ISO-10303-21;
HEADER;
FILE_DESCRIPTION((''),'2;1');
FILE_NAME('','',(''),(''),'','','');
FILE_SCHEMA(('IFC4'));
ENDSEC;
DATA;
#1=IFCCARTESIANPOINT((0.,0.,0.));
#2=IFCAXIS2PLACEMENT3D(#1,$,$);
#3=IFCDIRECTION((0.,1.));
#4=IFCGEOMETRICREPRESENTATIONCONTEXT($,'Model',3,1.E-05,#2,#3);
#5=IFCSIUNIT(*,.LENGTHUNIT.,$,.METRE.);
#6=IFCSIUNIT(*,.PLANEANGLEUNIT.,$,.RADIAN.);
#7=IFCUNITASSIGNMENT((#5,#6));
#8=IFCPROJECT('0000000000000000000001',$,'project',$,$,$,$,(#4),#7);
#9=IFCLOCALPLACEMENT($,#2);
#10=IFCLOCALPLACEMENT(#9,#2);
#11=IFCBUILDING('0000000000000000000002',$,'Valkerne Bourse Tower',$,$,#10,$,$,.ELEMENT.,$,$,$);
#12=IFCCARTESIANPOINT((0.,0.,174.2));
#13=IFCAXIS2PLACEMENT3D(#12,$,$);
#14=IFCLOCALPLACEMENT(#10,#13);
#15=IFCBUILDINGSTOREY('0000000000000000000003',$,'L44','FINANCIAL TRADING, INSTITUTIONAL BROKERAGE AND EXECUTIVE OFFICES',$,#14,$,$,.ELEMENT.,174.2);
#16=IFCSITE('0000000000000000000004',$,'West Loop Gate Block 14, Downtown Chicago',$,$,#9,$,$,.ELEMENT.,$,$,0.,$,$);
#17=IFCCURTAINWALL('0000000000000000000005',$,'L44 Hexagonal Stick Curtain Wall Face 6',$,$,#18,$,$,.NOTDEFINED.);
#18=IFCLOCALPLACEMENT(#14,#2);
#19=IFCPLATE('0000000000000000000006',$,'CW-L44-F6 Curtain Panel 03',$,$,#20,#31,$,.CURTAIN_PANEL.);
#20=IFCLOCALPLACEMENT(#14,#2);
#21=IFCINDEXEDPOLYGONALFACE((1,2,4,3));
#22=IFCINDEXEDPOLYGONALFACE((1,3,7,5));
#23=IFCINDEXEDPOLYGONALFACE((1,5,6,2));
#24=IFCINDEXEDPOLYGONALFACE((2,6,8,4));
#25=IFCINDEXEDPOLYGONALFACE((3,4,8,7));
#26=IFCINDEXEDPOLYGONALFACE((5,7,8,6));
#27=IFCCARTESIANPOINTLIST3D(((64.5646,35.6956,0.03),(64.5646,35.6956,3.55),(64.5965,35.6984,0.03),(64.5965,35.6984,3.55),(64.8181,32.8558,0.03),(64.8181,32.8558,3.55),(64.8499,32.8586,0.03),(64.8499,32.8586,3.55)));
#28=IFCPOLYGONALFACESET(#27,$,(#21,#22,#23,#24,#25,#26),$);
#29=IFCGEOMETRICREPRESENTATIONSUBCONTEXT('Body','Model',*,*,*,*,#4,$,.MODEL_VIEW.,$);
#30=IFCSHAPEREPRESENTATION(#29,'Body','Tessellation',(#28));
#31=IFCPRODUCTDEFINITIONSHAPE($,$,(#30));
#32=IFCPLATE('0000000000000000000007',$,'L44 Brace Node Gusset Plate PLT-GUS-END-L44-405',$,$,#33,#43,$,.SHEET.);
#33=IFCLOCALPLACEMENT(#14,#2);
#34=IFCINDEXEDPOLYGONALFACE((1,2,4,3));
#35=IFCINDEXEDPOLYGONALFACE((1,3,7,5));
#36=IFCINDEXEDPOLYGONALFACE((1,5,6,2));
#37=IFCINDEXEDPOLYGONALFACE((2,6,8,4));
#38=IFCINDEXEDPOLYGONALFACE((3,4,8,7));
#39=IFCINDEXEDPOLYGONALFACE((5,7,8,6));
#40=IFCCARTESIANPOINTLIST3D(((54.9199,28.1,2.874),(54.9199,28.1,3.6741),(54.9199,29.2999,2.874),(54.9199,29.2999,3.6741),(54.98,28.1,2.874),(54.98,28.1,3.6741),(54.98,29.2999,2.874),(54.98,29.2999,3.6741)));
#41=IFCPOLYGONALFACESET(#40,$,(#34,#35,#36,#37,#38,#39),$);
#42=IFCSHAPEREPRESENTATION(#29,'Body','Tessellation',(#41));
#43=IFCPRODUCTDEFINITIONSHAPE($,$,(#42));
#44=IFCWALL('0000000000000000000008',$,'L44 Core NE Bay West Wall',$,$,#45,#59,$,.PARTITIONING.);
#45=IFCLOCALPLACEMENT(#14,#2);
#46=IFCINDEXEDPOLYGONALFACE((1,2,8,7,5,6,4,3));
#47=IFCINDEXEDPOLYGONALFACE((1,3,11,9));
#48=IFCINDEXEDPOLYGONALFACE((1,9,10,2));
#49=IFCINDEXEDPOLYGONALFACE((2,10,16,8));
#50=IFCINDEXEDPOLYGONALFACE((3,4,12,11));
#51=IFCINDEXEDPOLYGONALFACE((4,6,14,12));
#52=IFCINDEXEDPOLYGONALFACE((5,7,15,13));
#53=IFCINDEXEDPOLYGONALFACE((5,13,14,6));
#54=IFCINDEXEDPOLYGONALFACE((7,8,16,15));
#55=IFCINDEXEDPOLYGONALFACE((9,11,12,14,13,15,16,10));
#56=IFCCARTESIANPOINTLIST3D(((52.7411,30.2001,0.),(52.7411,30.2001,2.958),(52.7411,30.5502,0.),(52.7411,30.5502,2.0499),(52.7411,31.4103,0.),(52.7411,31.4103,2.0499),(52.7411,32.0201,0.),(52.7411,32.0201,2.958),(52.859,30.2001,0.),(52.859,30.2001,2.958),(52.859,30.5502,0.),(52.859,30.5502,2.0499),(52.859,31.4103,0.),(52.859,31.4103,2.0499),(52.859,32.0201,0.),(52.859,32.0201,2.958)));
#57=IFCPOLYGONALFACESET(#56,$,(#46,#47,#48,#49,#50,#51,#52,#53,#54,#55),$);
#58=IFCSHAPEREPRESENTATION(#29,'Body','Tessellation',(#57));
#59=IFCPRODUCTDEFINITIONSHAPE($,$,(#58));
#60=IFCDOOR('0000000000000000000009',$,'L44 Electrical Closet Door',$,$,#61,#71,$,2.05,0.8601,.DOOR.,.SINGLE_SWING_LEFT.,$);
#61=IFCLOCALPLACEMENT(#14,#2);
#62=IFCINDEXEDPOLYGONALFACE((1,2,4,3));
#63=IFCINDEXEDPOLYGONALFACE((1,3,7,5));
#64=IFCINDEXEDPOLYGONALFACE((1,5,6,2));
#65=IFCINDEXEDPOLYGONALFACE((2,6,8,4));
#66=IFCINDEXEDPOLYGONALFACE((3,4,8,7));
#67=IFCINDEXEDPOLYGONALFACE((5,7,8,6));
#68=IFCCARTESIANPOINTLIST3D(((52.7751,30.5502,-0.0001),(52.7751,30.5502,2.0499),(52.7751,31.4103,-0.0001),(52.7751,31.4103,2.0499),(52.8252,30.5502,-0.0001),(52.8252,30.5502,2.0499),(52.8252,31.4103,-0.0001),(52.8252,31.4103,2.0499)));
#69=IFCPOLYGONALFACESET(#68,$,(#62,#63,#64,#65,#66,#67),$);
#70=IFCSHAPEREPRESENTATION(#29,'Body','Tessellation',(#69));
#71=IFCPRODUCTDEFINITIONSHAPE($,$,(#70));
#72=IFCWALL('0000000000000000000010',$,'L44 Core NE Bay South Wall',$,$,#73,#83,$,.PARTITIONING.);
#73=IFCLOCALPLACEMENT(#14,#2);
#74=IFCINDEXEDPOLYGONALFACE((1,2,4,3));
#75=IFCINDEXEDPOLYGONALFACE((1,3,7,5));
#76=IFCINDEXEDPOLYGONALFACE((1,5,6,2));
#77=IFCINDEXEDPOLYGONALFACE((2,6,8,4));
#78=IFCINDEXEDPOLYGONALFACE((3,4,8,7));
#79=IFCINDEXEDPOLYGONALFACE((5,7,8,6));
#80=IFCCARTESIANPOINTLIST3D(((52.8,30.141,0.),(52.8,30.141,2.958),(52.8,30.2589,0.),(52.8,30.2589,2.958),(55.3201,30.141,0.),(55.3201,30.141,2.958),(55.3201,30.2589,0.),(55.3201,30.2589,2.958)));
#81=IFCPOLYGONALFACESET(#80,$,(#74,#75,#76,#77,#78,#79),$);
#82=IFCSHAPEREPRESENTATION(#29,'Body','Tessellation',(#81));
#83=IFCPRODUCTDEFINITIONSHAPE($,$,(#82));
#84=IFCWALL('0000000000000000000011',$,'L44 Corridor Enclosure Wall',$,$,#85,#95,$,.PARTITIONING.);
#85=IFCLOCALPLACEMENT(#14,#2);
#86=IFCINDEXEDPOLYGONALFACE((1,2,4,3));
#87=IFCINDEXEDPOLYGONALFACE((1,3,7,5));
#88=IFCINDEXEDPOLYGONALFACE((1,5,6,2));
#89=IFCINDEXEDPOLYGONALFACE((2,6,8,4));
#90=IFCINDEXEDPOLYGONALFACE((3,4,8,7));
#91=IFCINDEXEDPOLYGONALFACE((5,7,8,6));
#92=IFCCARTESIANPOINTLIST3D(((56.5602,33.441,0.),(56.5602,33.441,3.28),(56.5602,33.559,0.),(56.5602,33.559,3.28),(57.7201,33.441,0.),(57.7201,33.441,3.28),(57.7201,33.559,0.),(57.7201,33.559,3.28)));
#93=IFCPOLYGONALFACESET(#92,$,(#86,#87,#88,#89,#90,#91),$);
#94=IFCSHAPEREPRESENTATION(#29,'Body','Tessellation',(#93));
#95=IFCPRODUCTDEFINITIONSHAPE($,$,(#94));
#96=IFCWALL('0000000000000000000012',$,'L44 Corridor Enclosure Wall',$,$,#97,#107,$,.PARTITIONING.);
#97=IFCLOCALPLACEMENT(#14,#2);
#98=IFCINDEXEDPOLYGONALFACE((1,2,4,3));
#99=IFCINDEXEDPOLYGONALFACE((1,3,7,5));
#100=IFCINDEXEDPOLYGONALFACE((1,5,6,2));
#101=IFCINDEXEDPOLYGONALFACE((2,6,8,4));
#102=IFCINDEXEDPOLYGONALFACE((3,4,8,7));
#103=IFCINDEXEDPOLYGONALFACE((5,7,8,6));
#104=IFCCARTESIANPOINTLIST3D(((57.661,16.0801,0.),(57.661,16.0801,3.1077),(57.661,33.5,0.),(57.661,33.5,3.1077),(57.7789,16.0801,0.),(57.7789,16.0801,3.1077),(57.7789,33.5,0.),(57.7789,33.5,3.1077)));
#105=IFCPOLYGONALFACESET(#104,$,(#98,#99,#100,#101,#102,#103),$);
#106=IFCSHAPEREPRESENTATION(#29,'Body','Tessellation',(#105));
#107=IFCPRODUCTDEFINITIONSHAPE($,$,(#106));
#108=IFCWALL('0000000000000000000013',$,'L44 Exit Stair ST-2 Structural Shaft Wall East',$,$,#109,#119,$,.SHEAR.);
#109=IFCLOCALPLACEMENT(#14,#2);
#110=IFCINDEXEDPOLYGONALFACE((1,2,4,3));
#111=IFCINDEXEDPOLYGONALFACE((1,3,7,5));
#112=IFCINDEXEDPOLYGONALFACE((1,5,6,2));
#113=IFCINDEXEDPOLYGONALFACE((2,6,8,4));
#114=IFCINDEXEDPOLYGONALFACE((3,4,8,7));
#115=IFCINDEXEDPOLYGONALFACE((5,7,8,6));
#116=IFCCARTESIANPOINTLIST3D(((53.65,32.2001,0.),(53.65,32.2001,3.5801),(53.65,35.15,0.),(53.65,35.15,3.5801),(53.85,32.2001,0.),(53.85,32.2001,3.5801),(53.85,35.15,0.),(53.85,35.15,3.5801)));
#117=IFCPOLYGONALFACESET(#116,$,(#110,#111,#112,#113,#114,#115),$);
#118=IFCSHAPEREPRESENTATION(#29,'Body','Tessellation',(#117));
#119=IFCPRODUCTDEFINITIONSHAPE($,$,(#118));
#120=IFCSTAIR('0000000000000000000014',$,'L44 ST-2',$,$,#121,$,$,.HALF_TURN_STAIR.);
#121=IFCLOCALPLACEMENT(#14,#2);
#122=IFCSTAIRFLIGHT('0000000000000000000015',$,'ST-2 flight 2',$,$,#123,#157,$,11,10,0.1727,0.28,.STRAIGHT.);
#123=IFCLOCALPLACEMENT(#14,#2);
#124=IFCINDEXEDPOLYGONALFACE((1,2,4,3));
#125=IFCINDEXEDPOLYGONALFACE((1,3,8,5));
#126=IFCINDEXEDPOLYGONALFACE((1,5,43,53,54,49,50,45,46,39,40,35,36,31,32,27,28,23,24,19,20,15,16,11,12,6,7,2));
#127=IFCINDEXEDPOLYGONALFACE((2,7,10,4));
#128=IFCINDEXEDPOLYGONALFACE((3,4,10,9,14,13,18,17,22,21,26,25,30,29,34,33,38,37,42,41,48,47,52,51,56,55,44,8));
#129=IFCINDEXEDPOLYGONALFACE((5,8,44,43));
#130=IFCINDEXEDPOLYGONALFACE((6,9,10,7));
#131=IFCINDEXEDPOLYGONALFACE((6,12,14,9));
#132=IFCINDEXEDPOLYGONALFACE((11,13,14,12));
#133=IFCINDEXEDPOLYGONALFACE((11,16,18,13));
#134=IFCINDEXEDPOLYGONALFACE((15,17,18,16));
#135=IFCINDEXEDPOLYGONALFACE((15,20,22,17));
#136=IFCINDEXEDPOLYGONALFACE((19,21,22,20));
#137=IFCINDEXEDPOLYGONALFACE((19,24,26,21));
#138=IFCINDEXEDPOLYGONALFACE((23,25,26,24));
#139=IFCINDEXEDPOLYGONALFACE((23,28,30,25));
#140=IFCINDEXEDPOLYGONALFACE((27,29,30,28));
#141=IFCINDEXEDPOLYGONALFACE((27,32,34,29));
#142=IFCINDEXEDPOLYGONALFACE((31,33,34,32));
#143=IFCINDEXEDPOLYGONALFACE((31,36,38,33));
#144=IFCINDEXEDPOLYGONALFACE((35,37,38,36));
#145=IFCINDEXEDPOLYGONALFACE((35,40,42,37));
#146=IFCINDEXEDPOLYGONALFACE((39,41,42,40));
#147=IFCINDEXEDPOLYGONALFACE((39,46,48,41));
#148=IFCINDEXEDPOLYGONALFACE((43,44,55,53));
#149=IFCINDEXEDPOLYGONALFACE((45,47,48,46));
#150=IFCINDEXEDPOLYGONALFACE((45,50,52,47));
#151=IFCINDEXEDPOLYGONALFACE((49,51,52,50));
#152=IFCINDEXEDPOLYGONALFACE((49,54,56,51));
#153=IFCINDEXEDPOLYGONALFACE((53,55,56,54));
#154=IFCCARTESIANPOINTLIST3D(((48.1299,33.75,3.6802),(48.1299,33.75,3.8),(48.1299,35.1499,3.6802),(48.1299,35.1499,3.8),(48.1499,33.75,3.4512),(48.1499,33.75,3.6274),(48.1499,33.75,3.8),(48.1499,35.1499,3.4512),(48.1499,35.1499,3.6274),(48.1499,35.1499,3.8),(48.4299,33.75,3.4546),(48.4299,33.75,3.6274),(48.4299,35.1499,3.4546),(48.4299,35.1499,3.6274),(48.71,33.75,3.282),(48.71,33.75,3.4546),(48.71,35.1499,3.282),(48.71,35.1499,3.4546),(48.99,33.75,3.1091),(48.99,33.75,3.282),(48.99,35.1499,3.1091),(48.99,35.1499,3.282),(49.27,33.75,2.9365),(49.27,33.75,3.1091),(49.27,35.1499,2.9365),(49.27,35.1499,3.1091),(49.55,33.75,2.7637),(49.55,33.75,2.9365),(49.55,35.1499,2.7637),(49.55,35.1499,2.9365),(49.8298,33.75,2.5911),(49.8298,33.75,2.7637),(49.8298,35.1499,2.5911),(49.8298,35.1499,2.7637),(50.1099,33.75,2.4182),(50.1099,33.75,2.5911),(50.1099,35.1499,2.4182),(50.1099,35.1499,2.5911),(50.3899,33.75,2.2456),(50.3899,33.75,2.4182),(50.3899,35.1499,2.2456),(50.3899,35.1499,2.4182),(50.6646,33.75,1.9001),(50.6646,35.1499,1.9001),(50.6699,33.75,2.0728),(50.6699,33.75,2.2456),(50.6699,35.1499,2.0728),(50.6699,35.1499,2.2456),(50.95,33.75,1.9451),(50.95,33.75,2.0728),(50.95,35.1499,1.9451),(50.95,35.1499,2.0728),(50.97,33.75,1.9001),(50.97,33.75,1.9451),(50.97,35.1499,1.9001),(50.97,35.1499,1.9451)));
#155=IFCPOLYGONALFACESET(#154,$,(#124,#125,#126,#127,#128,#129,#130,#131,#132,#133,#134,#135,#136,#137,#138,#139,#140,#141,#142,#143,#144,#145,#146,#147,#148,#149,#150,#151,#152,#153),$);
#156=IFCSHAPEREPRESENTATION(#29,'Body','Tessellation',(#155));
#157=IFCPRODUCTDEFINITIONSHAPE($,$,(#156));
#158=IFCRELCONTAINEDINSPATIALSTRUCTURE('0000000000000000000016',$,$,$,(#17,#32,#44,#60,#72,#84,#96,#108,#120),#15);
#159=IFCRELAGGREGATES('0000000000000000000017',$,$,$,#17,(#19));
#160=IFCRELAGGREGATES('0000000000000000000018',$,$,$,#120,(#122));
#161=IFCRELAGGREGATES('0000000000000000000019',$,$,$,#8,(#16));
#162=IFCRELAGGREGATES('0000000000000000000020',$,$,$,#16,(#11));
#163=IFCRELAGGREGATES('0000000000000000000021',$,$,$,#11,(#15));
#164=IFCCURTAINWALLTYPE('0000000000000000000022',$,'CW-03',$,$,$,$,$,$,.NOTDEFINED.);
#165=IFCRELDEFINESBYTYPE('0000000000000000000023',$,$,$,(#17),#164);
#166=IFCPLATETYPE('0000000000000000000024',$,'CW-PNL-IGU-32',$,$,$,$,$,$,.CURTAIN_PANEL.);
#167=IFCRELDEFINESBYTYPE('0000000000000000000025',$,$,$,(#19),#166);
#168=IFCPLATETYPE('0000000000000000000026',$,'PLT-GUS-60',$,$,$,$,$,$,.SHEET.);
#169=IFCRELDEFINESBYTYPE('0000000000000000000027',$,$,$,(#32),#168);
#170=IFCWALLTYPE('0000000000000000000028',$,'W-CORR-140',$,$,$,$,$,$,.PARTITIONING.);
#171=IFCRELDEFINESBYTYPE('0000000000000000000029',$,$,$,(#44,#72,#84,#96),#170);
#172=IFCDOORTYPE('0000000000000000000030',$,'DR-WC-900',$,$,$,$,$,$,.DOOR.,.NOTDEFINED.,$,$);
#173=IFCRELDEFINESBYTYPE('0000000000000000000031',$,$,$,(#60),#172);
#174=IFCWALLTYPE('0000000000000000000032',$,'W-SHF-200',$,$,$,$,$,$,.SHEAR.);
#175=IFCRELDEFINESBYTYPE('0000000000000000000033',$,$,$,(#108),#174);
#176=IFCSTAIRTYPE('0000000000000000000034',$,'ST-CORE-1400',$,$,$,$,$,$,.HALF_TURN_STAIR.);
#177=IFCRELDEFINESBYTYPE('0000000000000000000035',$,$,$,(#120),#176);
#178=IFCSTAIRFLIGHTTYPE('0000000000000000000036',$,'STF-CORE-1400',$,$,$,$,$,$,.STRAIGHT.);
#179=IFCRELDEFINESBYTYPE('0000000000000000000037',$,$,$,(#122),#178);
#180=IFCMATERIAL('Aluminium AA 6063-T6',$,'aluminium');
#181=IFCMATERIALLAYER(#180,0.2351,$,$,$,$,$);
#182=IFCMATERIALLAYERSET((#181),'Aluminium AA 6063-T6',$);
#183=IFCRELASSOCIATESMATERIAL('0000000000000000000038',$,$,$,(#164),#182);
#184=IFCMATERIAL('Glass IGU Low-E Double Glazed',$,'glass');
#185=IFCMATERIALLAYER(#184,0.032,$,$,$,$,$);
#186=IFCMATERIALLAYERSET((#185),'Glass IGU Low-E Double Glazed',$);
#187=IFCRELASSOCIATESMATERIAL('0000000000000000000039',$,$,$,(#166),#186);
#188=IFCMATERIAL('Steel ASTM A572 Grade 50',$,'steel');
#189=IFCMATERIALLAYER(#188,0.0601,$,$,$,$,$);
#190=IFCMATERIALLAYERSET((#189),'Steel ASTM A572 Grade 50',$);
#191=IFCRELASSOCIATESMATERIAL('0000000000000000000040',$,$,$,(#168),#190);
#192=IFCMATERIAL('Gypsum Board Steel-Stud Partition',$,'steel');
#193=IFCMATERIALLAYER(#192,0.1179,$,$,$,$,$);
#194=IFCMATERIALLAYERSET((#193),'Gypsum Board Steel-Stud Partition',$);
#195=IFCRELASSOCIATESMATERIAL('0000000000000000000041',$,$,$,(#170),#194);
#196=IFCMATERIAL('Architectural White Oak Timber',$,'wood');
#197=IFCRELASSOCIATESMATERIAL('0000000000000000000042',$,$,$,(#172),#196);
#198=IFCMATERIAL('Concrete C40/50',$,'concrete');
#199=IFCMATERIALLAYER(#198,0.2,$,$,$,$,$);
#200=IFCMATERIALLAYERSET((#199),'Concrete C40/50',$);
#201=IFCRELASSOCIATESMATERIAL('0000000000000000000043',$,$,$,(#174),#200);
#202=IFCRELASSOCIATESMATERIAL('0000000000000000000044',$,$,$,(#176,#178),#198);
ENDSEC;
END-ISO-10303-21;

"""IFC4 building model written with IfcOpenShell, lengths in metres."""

from ifc_helpers import new_model, si_unit, direction, frame, frame_2d, origin, origin_2d, place, context, subcontext, project, spatial, polyline, rectangle, outline, extrude, material, layer, layer_set, type_object, element, fill, aggregate, save


model = new_model("IFC4")

# Units and contexts
model_context = context("Model", 3, precision=1e-05, world=origin(), true_north=direction((0.0, 1.0)))
body_context = subcontext(model_context, "Body", "Model", "MODEL_VIEW")
ifc_project = project(units=[si_unit("LENGTHUNIT", "METRE"), si_unit("PLANEANGLEUNIT", "RADIAN")], contexts=[model_context])

# Site, building, storey
site_placement = place(None, origin())
site = spatial("IfcSite", under=ifc_project, at=site_placement, Name="West Loop Gate Block 14, Downtown Chicago", CompositionType="ELEMENT", RefElevation=0.0)
building_placement = place(site_placement, origin())
building = spatial("IfcBuilding", under=site, at=building_placement, Name="Valkerne Bourse Tower", CompositionType="ELEMENT")
storey_placement = place(building_placement, frame((0.0, 0.0, 174.2)))
storey = spatial("IfcBuildingStorey", under=building, at=storey_placement, Name="L44", Description="FINANCIAL TRADING, INSTITUTIONAL BROKERAGE AND EXECUTIVE OFFICES", CompositionType="ELEMENT", Elevation=174.2)

# Curtain wall
ifc_material_1 = material(Name="Aluminium AA 6063-T6", Category="aluminium")
ifc_layer_1 = layer(ifc_material_1, 0.2351)
ifc_layer_set_1 = layer_set([ifc_layer_1], Name="Aluminium AA 6063-T6")
curtain_wall_type = type_object("IfcCurtainWallType", Name="CW-03", PredefinedType="NOTDEFINED", material=ifc_layer_set_1)
curtain_wall_placement = place(storey_placement, origin())
curtain_wall = element("IfcCurtainWall", 1, at=curtain_wall_placement, inside=storey, type_object=curtain_wall_type, Name="L44 Hexagonal Stick Curtain Wall Face 6", PredefinedType="NOTDEFINED")

# Plates
ifc_material_2 = material(Name="Glass IGU Low-E Double Glazed", Category="glass")
ifc_layer_2 = layer(ifc_material_2, 0.032)
ifc_layer_set_2 = layer_set([ifc_layer_2], Name="Glass IGU Low-E Double Glazed")
plate_type_1 = type_object("IfcPlateType", Name="CW-PNL-IGU-32", PredefinedType="CURTAIN_PANEL", material=ifc_layer_set_2)
plate_1_placement = place(storey_placement, frame((64.7073, 34.2771, 0.03), z_axis=(0.0, 0.0, 1.0), x_axis=(-0.088888, 0.996042, 0.0)))
plate_1 = element("IfcPlate", 2, at=plate_1_placement, type_object=plate_type_1, Name="CW-L44-F6 Curtain Panel 03", PredefinedType="CURTAIN_PANEL", context=body_context, shape_type="SweptSolid", body=[
    extrude(rectangle(XDim=2.8511, YDim=0.032, at=origin_2d()), origin(), (0.0, 0.0, 1.0), 3.52),
])
aggregate(curtain_wall, [plate_1])
ifc_material_3 = material(Name="Steel ASTM A572 Grade 50", Category="steel")
ifc_layer_3 = layer(ifc_material_3, 0.0601)
ifc_layer_set_3 = layer_set([ifc_layer_3], Name="Steel ASTM A572 Grade 50")
plate_type_2 = type_object("IfcPlateType", Name="PLT-GUS-60", PredefinedType="SHEET", material=ifc_layer_set_3)
plate_2_placement = place(storey_placement, frame((54.95, 28.7, 2.874), z_axis=(0.0, 0.0, 1.0), x_axis=(0.0, 1.0, 0.0)))
element("IfcPlate", 3, at=plate_2_placement, inside=storey, type_object=plate_type_2, Name="L44 Brace Node Gusset Plate PLT-GUS-END-L44-405", PredefinedType="SHEET", context=body_context, shape_type="SweptSolid", body=[
    extrude(rectangle(XDim=1.2, YDim=0.0601, at=origin_2d()), origin(), (0.0, 0.0, 1.0), 0.8),
])

# Wall, opening, door
ifc_material_4 = material(Name="Gypsum Board Steel-Stud Partition", Category="steel")
ifc_layer_4 = layer(ifc_material_4, 0.1179)
ifc_layer_set_4 = layer_set([ifc_layer_4], Name="Gypsum Board Steel-Stud Partition")
wall_type_1 = type_object("IfcWallType", Name="W-CORR-140", PredefinedType="PARTITIONING", material=ifc_layer_set_4)
wall_1_placement = place(storey_placement, frame((52.8, 30.2, 0.0), z_axis=(0.0, 0.0, 1.0), x_axis=(0.0, 1.0, 0.0)))
wall_1 = element("IfcWall", 4, at=wall_1_placement, inside=storey, type_object=wall_type_1, Name="L44 Core NE Bay West Wall", PredefinedType="PARTITIONING", context=body_context, shape_type="SweptSolid", body=[
    extrude(rectangle(XDim=1.8201, YDim=0.1179, at=frame_2d((0.9102, 0.0))), origin(), (0.0, 0.0, 1.0), 2.958),
])
opening_placement = place(wall_1_placement, frame((0.3501, 0.0, 0.0)))
opening = element("IfcOpeningElement", 5, at=opening_placement, cuts=wall_1, PredefinedType="OPENING", context=body_context, shape_type="SweptSolid", body=[
    extrude(rectangle(XDim=0.8601, YDim=2.05, at=frame_2d((0.4302, 1.0249))), frame((0.0, 0.0688, 0.0), z_axis=(0.0, -1.0, 0.0), x_axis=(1.0, 0.0, 0.0)), (0.0, 0.0, 1.0), 0.1379),
])
ifc_material_5 = material(Name="Architectural White Oak Timber", Category="wood")
door_type = type_object("IfcDoorType", Name="DR-WC-900", OperationType="NOTDEFINED", PredefinedType="DOOR", material=ifc_material_5)
door_placement = place(opening_placement, origin())
door = element("IfcDoor", 6, at=door_placement, inside=storey, type_object=door_type, Name="L44 Electrical Closet Door", OperationType="SINGLE_SWING_LEFT", OverallHeight=2.05, OverallWidth=0.8601, PredefinedType="DOOR", context=body_context, shape_type="SweptSolid", body=[
    extrude(rectangle(XDim=0.8601, YDim=2.05, at=frame_2d((0.4302, 1.0249))), frame((0.0, 0.0249, 0.0), z_axis=(0.0, -1.0, 0.0), x_axis=(1.0, 0.0, 0.0)), (0.0, 0.0, 1.0), 0.05),
])
fill(opening, door)

# Walls
wall_2_placement = place(storey_placement, frame((52.8, 30.2, 0.0), z_axis=(0.0, 0.0, 1.0), x_axis=(1.0, 0.0, 0.0)))
element("IfcWall", 7, at=wall_2_placement, inside=storey, type_object=wall_type_1, Name="L44 Core NE Bay South Wall", PredefinedType="PARTITIONING", context=body_context, shape_type="SweptSolid", body=[
    extrude(rectangle(XDim=2.52, YDim=0.1179, at=frame_2d((1.26, 0.0))), origin(), (0.0, 0.0, 1.0), 2.958),
])
wall_3_placement = place(storey_placement, frame((56.5601, 33.5, 0.0), z_axis=(0.0, 0.0, 1.0), x_axis=(1.0, 0.0, 0.0)))
element("IfcWall", 8, at=wall_3_placement, inside=storey, type_object=wall_type_1, Name="L44 Corridor Enclosure Wall", PredefinedType="PARTITIONING", context=body_context, shape_type="SweptSolid", body=[
    extrude(rectangle(XDim=1.1599, YDim=0.1179, at=frame_2d((0.5801, 0.0))), origin(), (0.0, 0.0, 1.0), 3.28),
])
wall_4_placement = place(storey_placement, frame((57.72, 33.5, 0.0), z_axis=(0.0, 0.0, 1.0), x_axis=(0.0, -1.0, 0.0)))
element("IfcWall", 9, at=wall_4_placement, inside=storey, type_object=wall_type_1, Name="L44 Corridor Enclosure Wall", PredefinedType="PARTITIONING", context=body_context, shape_type="SweptSolid", body=[
    extrude(rectangle(XDim=17.4199, YDim=0.1179, at=frame_2d((8.71, 0.0))), origin(), (0.0, 0.0, 1.0), 3.1077),
])
ifc_material_6 = material(Name="Concrete C40/50", Category="concrete")
ifc_layer_5 = layer(ifc_material_6, 0.2)
ifc_layer_set_5 = layer_set([ifc_layer_5], Name="Concrete C40/50")
wall_type_2 = type_object("IfcWallType", Name="W-SHF-200", PredefinedType="SHEAR", material=ifc_layer_set_5)
wall_5_placement = place(storey_placement, frame((53.75, 32.2, 0.0), z_axis=(0.0, 0.0, 1.0), x_axis=(0.0, 1.0, 0.0)))
element("IfcWall", 10, at=wall_5_placement, inside=storey, type_object=wall_type_2, Name="L44 Exit Stair ST-2 Structural Shaft Wall East", PredefinedType="SHEAR", context=body_context, shape_type="SweptSolid", body=[
    extrude(rectangle(XDim=2.95, YDim=0.2, at=frame_2d((1.4751, 0.0))), origin(), (0.0, 0.0, 1.0), 3.5801),
])

# Stair, stair flight
stair_type = type_object("IfcStairType", Name="ST-CORE-1400", PredefinedType="HALF_TURN_STAIR", material=ifc_material_6)
stair_placement = place(storey_placement, origin())
stair = element("IfcStair", 11, at=stair_placement, inside=storey, type_object=stair_type, Name="L44 ST-2", PredefinedType="HALF_TURN_STAIR")
stair_flight_type = type_object("IfcStairFlightType", Name="STF-CORE-1400", PredefinedType="STRAIGHT", material=ifc_material_6)
stair_flight_placement = place(storey_placement, frame((50.95, 34.45, 1.9001), z_axis=(0.0, 0.0, 1.0), x_axis=(-1.0, 0.0, 0.0)))
stair_flight = element("IfcStairFlight", 12, at=stair_flight_placement, type_object=stair_flight_type, Name="ST-2 flight 2", NumberOfRisers=11, NumberOfTreads=10, PredefinedType="STRAIGHT", RiserHeight=0.1727, TreadLength=0.28, context=body_context, shape_type="SweptSolid", body=[
    extrude(outline(polyline([(-0.02, 0.0), (-0.02, 0.0449), (0.0, 0.0449), (0.0, 0.1726), (0.28, 0.1726), (0.28, 0.3455), (0.5601, 0.3455), (0.5601, 0.5181), (0.8401, 0.5181), (0.8401, 0.6909), (1.1201, 0.6909), (1.1201, 0.8635), (1.3999, 0.8635), (1.3999, 1.0364), (1.6799, 1.0364), (1.6799, 1.209), (1.96, 1.209), (1.96, 1.3818), (2.24, 1.3818), (2.24, 1.5544), (2.52, 1.5544), (2.52, 1.7273), (2.8, 1.7273), (2.8, 1.8999), (2.8201, 1.8999), (2.8201, 1.78), (2.8, 1.551), (0.2854, 0.0), (-0.02, 0.0)])), frame((0.0, 0.7, 0.0), z_axis=(0.0, -1.0, 0.0), x_axis=(1.0, 0.0, 0.0)), (0.0, 0.0, 1.0), 1.3999),
])
aggregate(stair, [stair_flight])

save(model, "model.ifc")
